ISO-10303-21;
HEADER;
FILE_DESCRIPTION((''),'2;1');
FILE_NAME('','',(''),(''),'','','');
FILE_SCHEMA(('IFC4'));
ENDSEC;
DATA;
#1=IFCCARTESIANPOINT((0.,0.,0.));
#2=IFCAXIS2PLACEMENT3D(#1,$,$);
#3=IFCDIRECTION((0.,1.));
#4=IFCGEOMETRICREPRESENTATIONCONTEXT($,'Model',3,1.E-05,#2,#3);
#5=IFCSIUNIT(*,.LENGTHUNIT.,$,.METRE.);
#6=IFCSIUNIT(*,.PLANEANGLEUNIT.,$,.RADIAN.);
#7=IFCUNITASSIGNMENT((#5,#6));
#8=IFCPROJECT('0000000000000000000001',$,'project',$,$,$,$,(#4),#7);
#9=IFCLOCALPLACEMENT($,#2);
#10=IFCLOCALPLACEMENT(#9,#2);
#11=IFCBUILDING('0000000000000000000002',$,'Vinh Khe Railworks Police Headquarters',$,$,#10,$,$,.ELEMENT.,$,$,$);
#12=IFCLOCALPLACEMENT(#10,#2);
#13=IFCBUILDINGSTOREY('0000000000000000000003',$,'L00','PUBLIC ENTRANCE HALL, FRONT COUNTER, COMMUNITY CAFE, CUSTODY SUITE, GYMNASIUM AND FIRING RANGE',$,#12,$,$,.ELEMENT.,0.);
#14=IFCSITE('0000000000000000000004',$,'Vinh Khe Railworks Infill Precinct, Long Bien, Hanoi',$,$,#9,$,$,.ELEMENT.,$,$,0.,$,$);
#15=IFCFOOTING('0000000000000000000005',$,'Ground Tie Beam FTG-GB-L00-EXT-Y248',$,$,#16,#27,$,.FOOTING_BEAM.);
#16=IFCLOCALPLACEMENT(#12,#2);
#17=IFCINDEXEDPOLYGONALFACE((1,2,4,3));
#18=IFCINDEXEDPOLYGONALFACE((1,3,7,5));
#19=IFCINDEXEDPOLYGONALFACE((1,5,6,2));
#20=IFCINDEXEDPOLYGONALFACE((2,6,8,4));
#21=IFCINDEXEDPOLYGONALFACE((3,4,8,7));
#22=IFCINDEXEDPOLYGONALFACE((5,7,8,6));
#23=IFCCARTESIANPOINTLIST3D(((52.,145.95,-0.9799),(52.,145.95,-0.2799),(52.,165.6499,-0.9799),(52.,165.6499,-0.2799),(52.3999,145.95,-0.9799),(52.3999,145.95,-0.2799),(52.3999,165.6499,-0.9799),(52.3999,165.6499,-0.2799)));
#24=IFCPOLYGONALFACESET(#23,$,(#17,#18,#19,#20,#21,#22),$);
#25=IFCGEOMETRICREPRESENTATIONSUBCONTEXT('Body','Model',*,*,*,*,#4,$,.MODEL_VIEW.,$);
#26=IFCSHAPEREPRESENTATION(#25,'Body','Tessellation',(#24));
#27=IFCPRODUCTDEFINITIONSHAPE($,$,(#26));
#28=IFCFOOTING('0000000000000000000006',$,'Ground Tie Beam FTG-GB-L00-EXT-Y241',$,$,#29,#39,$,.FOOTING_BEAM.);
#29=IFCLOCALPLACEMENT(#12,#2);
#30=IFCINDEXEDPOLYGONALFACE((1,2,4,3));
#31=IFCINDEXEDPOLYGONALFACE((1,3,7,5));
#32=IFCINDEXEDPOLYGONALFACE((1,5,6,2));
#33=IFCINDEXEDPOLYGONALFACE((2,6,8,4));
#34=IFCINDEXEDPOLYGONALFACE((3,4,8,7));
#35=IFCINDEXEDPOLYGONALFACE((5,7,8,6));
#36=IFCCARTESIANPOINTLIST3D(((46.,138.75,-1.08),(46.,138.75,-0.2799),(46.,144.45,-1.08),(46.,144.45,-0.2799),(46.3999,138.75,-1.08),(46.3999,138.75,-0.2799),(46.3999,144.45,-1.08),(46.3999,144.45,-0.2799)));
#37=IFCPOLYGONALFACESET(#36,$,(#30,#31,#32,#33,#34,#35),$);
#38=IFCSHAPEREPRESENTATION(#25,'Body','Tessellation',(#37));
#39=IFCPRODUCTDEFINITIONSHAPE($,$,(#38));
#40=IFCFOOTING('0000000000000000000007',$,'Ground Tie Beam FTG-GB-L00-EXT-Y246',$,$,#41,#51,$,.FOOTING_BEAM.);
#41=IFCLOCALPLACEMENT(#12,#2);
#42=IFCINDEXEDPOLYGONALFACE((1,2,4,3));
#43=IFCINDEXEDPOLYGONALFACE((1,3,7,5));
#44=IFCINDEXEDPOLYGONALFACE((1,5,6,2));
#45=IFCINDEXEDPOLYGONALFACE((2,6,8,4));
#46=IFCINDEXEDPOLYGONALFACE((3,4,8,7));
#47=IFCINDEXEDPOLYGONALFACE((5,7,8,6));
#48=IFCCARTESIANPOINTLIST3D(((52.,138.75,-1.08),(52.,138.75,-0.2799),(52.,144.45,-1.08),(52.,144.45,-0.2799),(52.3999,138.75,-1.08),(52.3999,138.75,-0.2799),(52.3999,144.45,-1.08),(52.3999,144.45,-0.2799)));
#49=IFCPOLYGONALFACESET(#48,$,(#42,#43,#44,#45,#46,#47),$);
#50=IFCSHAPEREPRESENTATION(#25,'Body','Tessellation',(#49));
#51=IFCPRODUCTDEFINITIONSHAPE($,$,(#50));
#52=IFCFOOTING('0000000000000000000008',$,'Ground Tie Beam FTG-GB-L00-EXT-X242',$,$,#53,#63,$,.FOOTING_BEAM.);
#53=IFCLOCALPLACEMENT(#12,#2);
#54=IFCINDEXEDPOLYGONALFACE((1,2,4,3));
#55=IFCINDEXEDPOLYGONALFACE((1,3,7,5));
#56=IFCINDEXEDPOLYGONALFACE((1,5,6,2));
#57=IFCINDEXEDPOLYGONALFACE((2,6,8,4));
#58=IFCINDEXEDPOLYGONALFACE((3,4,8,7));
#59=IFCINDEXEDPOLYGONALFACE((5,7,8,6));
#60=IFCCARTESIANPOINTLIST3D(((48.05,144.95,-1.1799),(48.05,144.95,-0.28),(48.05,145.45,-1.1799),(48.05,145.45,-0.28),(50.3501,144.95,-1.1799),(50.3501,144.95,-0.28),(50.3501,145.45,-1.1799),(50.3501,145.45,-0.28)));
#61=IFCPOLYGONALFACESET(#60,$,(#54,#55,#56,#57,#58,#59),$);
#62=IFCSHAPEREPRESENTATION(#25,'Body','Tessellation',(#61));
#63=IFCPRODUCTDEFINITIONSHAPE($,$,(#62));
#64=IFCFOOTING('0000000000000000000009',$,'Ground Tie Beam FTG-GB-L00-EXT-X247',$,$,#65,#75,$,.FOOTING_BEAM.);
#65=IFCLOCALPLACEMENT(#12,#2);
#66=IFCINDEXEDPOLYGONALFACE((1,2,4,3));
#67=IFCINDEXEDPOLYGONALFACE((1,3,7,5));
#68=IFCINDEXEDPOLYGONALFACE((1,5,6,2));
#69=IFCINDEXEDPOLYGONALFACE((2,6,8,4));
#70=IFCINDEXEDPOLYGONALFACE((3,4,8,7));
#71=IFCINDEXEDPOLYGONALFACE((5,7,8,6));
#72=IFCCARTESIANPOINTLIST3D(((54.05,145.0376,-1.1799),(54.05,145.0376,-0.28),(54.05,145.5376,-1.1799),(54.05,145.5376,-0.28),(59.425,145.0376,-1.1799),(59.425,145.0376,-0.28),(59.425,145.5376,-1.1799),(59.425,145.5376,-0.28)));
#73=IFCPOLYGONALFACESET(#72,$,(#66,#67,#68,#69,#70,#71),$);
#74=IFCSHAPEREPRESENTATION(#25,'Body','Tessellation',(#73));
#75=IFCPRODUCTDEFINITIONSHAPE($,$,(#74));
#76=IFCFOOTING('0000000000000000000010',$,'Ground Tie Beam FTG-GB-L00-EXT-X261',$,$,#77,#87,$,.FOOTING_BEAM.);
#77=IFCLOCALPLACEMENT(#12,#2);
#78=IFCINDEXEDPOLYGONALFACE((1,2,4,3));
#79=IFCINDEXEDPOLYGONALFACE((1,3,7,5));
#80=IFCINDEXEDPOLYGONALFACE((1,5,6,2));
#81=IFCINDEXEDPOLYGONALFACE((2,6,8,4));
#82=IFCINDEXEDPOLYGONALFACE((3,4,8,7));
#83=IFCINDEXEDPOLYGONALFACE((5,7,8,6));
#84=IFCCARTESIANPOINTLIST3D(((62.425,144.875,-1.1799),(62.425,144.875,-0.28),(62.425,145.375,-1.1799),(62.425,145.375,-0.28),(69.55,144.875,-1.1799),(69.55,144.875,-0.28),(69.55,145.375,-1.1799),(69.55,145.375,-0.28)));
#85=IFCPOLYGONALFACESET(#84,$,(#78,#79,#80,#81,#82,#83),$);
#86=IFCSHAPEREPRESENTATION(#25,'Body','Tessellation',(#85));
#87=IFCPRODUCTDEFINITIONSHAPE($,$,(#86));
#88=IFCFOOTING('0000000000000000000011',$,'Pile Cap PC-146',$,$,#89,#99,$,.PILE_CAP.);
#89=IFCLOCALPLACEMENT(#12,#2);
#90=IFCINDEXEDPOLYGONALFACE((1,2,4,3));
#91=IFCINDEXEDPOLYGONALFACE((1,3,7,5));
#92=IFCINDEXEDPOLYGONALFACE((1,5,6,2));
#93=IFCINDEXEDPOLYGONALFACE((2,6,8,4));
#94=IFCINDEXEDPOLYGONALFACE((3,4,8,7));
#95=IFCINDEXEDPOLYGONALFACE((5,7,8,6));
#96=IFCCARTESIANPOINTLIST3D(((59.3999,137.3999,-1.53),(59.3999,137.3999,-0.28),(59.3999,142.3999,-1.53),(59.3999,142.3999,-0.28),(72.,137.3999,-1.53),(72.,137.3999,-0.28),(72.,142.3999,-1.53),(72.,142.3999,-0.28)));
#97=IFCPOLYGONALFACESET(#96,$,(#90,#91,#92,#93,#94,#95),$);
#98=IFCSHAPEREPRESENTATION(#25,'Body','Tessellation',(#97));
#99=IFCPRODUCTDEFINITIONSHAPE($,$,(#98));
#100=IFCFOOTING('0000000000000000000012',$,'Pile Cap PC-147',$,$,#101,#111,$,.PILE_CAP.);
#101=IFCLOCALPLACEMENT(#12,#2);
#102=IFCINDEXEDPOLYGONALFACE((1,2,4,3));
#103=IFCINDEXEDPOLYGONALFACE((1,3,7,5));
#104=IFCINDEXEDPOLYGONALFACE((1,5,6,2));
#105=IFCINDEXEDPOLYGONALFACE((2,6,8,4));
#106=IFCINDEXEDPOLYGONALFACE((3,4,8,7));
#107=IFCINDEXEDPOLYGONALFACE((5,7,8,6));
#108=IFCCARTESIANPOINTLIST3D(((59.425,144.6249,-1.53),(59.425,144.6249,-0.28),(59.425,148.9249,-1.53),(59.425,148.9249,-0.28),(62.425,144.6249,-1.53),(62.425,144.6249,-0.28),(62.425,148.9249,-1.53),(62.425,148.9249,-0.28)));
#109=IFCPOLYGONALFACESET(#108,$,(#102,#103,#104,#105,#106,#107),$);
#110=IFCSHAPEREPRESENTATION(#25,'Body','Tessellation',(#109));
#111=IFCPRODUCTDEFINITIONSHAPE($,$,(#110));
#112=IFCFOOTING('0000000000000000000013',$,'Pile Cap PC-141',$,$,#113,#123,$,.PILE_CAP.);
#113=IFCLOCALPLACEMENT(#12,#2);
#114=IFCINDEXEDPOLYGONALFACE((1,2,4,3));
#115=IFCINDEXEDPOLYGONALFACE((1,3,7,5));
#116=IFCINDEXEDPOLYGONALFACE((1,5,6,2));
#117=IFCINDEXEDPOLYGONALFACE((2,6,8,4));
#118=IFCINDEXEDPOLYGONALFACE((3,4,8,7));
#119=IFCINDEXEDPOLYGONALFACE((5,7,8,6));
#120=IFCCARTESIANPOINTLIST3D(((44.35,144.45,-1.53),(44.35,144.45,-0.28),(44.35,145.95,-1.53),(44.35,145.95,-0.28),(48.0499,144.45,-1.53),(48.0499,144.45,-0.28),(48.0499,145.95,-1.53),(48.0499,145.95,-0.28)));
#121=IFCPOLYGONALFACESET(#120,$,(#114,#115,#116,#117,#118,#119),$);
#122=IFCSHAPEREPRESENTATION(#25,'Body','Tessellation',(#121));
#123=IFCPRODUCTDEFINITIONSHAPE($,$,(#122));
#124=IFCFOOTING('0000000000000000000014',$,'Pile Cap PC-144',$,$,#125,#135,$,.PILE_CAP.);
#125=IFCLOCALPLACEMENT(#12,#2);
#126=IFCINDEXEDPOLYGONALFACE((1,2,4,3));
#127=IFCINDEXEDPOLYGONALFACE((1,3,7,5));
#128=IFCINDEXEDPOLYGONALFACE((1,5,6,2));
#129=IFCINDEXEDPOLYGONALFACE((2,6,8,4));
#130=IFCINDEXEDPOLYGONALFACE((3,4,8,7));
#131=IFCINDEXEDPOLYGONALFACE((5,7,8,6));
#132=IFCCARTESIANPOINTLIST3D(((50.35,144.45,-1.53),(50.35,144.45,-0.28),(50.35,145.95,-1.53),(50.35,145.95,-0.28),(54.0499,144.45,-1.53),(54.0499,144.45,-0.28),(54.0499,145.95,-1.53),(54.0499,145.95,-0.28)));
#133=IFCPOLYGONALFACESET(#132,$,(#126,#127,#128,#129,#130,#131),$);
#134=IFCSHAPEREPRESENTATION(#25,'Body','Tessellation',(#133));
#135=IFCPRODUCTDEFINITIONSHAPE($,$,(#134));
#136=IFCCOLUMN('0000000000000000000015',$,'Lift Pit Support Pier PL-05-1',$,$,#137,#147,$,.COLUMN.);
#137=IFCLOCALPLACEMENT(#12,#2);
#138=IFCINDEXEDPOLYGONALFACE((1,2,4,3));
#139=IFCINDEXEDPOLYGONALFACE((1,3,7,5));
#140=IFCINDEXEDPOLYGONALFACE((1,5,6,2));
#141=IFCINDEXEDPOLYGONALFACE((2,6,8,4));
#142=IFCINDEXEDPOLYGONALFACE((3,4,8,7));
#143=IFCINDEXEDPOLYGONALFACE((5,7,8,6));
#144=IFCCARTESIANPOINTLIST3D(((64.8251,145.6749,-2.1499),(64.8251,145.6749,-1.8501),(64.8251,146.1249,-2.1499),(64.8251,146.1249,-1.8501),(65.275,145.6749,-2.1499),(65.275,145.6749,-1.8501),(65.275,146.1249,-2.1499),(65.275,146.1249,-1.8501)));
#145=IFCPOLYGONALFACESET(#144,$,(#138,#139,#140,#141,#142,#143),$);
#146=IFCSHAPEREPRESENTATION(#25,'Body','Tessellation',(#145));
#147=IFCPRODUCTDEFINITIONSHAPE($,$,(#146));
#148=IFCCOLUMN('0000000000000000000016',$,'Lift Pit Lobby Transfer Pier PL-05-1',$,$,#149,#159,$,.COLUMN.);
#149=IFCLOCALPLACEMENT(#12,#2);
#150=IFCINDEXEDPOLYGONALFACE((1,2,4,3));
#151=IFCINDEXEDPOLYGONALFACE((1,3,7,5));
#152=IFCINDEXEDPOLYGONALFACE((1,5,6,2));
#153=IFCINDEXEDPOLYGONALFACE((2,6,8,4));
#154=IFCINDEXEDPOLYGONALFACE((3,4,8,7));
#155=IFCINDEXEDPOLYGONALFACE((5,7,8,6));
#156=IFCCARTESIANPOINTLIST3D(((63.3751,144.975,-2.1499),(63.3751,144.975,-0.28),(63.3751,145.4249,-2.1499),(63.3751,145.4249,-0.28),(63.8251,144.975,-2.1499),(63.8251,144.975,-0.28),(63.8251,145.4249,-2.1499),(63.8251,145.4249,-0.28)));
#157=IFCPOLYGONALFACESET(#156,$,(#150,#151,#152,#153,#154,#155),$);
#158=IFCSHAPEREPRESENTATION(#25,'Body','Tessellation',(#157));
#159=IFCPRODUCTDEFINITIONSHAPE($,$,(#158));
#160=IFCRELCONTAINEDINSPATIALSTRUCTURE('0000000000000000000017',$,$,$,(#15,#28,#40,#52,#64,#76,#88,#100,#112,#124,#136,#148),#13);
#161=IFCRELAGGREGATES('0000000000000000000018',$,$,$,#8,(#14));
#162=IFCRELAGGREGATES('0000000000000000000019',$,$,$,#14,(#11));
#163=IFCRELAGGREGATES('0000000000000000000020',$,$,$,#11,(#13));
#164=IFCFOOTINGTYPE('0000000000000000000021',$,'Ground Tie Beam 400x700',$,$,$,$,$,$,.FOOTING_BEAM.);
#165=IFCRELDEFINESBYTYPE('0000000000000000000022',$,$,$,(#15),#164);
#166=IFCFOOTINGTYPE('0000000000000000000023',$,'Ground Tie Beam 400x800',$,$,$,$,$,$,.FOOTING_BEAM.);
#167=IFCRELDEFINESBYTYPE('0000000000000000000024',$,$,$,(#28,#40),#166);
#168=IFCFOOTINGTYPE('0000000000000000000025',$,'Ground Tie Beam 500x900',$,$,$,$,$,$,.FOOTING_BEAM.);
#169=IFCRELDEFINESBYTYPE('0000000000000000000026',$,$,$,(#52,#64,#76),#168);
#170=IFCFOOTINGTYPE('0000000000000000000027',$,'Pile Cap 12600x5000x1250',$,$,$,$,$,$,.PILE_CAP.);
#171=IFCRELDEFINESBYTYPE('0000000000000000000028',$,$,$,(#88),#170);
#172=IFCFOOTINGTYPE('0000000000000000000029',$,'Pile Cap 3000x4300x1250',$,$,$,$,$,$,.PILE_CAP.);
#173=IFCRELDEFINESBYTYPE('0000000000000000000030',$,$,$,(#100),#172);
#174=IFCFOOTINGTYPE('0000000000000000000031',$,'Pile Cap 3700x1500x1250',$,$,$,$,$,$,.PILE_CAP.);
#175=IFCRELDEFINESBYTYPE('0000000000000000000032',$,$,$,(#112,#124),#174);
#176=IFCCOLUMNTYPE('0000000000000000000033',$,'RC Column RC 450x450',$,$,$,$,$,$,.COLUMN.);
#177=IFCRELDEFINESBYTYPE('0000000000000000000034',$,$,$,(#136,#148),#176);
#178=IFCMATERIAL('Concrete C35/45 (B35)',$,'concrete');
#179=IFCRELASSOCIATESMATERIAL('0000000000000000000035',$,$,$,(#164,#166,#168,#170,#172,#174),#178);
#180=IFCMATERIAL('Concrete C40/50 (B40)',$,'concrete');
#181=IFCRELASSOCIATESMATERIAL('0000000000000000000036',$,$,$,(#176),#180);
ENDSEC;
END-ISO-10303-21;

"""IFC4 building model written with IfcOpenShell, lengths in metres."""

from ifc_helpers import new_model, si_unit, direction, frame, origin, origin_2d, place, context, subcontext, project, spatial, rectangle, extrude, material, material_profile, profile_set, type_object, element, save


model = new_model("IFC4")

# Units and contexts
model_context = context("Model", 3, precision=1e-05, world=origin(), true_north=direction((0.0, 1.0)))
body_context = subcontext(model_context, "Body", "Model", "MODEL_VIEW")
ifc_project = project(units=[si_unit("LENGTHUNIT", "METRE"), si_unit("PLANEANGLEUNIT", "RADIAN")], contexts=[model_context])

# Site, building, storey
site_placement = place(None, origin())
site = spatial("IfcSite", under=ifc_project, at=site_placement, Name="Vinh Khe Railworks Infill Precinct, Long Bien, Hanoi", CompositionType="ELEMENT", RefElevation=0.0)
building_placement = place(site_placement, origin())
building = spatial("IfcBuilding", under=site, at=building_placement, Name="Vinh Khe Railworks Police Headquarters", CompositionType="ELEMENT")
storey_placement = place(building_placement, origin())
storey = spatial("IfcBuildingStorey", under=building, at=storey_placement, Name="L00", Description="PUBLIC ENTRANCE HALL, FRONT COUNTER, COMMUNITY CAFE, CUSTODY SUITE, GYMNASIUM AND FIRING RANGE", CompositionType="ELEMENT", Elevation=0.0)

# Shared definitions
ifc_material_1 = material(Name="Concrete C35/45 (B35)", Category="concrete")

# Footings
ifc_material_profile_1 = material_profile(ifc_material_1, rectangle(XDim=0.3999, YDim=0.7, at=origin_2d()), Name="RC 400x700")
ifc_profile_set_1 = profile_set([ifc_material_profile_1], Name="Concrete C35/45 (B35)")
footing_type_1 = type_object("IfcFootingType", Name="Ground Tie Beam 400x700", PredefinedType="FOOTING_BEAM", material=ifc_profile_set_1)
footing_1_placement = place(storey_placement, frame((52.2, 145.95, -0.6299), z_axis=(0.0, 1.0, 0.0), x_axis=(-1.0, 0.0, 0.0)))
element("IfcFooting", 1, at=footing_1_placement, inside=storey, type_object=footing_type_1, Name="Ground Tie Beam FTG-GB-L00-EXT-Y248", PredefinedType="FOOTING_BEAM", context=body_context, shape_type="SweptSolid", body=[
    extrude(rectangle(XDim=0.3999, YDim=0.7, at=origin_2d()), origin(), (0.0, 0.0, 1.0), 19.7),
])
ifc_material_profile_2 = material_profile(ifc_material_1, rectangle(XDim=0.3999, YDim=0.8, at=origin_2d()), Name="RC 400x800")
ifc_profile_set_2 = profile_set([ifc_material_profile_2], Name="Concrete C35/45 (B35)")
footing_type_2 = type_object("IfcFootingType", Name="Ground Tie Beam 400x800", PredefinedType="FOOTING_BEAM", material=ifc_profile_set_2)
for number, where, z_axis, x_axis, name in (
    (2, (46.2, 138.75, -0.6799), (0.0, 1.0, 0.0), (-1.0, 0.0, 0.0), "Ground Tie Beam FTG-GB-L00-EXT-Y241"),
    (3, (52.2, 138.75, -0.6799), (0.0, 1.0, 0.0), (-1.0, 0.0, 0.0), "Ground Tie Beam FTG-GB-L00-EXT-Y246"),
):
    element("IfcFooting", number, at=place(storey_placement, frame(where, z_axis=z_axis, x_axis=x_axis)), inside=storey, type_object=footing_type_2, Name=name, PredefinedType="FOOTING_BEAM", context=body_context, shape_type="SweptSolid", body=[
        extrude(rectangle(XDim=0.3999, YDim=0.8, at=origin_2d()), origin(), (0.0, 0.0, 1.0), 5.7),
    ])
ifc_material_profile_3 = material_profile(ifc_material_1, rectangle(XDim=0.5, YDim=0.8999, at=origin_2d()), Name="RC 500x900")
ifc_profile_set_3 = profile_set([ifc_material_profile_3], Name="Concrete C35/45 (B35)")
footing_type_3 = type_object("IfcFootingType", Name="Ground Tie Beam 500x900", PredefinedType="FOOTING_BEAM", material=ifc_profile_set_3)
footing_2_placement = place(storey_placement, frame((48.05, 145.2, -0.73), z_axis=(1.0, 0.0, 0.0), x_axis=(0.0, 1.0, 0.0)))
element("IfcFooting", 4, at=footing_2_placement, inside=storey, type_object=footing_type_3, Name="Ground Tie Beam FTG-GB-L00-EXT-X242", PredefinedType="FOOTING_BEAM", context=body_context, shape_type="SweptSolid", body=[
    extrude(rectangle(XDim=0.5, YDim=0.8999, at=origin_2d()), origin(), (0.0, 0.0, 1.0), 2.3),
])
footing_3_placement = place(storey_placement, frame((54.05, 145.2876, -0.73), z_axis=(1.0, 0.0, 0.0), x_axis=(0.0, 1.0, 0.0)))
element("IfcFooting", 5, at=footing_3_placement, inside=storey, type_object=footing_type_3, Name="Ground Tie Beam FTG-GB-L00-EXT-X247", PredefinedType="FOOTING_BEAM", context=body_context, shape_type="SweptSolid", body=[
    extrude(rectangle(XDim=0.5, YDim=0.8999, at=origin_2d()), origin(), (0.0, 0.0, 1.0), 5.375),
])
footing_4_placement = place(storey_placement, frame((62.425, 145.125, -0.73), z_axis=(1.0, 0.0, 0.0), x_axis=(0.0, 1.0, 0.0)))
element("IfcFooting", 6, at=footing_4_placement, inside=storey, type_object=footing_type_3, Name="Ground Tie Beam FTG-GB-L00-EXT-X261", PredefinedType="FOOTING_BEAM", context=body_context, shape_type="SweptSolid", body=[
    extrude(rectangle(XDim=0.5, YDim=0.8999, at=origin_2d()), origin(), (0.0, 0.0, 1.0), 7.125),
])
footing_type_4 = type_object("IfcFootingType", Name="Pile Cap 12600x5000x1250", PredefinedType="PILE_CAP", material=ifc_material_1)
footing_5_placement = place(storey_placement, frame((65.7, 139.8999, -1.53), z_axis=(0.0, 0.0, 1.0), x_axis=(1.0, 0.0, 0.0)))
element("IfcFooting", 7, at=footing_5_placement, inside=storey, type_object=footing_type_4, Name="Pile Cap PC-146", PredefinedType="PILE_CAP", context=body_context, shape_type="SweptSolid", body=[
    extrude(rectangle(XDim=12.6001, YDim=5.0, at=origin_2d()), origin(), (0.0, 0.0, 1.0), 1.25),
])
footing_type_5 = type_object("IfcFootingType", Name="Pile Cap 3000x4300x1250", PredefinedType="PILE_CAP", material=ifc_material_1)
footing_6_placement = place(storey_placement, frame((60.925, 146.7749, -1.53), z_axis=(0.0, 0.0, 1.0), x_axis=(1.0, 0.0, 0.0)))
element("IfcFooting", 8, at=footing_6_placement, inside=storey, type_object=footing_type_5, Name="Pile Cap PC-147", PredefinedType="PILE_CAP", context=body_context, shape_type="SweptSolid", body=[
    extrude(rectangle(XDim=3.0, YDim=4.3, at=origin_2d()), origin(), (0.0, 0.0, 1.0), 1.25),
])
footing_type_6 = type_object("IfcFootingType", Name="Pile Cap 3700x1500x1250", PredefinedType="PILE_CAP", material=ifc_material_1)
for number, where, z_axis, x_axis, name in (
    (9, (46.2, 145.2, -1.53), (0.0, 0.0, 1.0), (1.0, 0.0, 0.0), "Pile Cap PC-141"),
    (10, (52.2, 145.2, -1.53), (0.0, 0.0, 1.0), (1.0, 0.0, 0.0), "Pile Cap PC-144"),
):
    element("IfcFooting", number, at=place(storey_placement, frame(where, z_axis=z_axis, x_axis=x_axis)), inside=storey, type_object=footing_type_6, Name=name, PredefinedType="PILE_CAP", context=body_context, shape_type="SweptSolid", body=[
        extrude(rectangle(XDim=3.7, YDim=1.5, at=origin_2d()), origin(), (0.0, 0.0, 1.0), 1.25),
    ])

# Columns
ifc_material_2 = material(Name="Concrete C40/50 (B40)", Category="concrete")
ifc_material_profile_4 = material_profile(ifc_material_2, rectangle(XDim=0.45, YDim=0.45, at=origin_2d()), Name="RC 450x450")
ifc_profile_set_4 = profile_set([ifc_material_profile_4], Name="Concrete C40/50 (B40)")
column_type_1 = type_object("IfcColumnType", Name="RC Column RC 450x450", PredefinedType="COLUMN", material=ifc_profile_set_4)
column_1_placement = place(storey_placement, frame((65.05, 145.8999, -2.1499), z_axis=(0.0, 0.0, 1.0), x_axis=(1.0, 0.0, 0.0)))
element("IfcColumn", 11, at=column_1_placement, inside=storey, type_object=column_type_1, Name="Lift Pit Support Pier PL-05-1", PredefinedType="COLUMN", context=body_context, shape_type="SweptSolid", body=[
    extrude(rectangle(XDim=0.45, YDim=0.45, at=origin_2d()), origin(), (0.0, 0.0, 1.0), 0.2998),
])
column_2_placement = place(storey_placement, frame((63.6001, 145.2, -2.1499), z_axis=(0.0, 0.0, 1.0), x_axis=(1.0, 0.0, 0.0)))
element("IfcColumn", 12, at=column_2_placement, inside=storey, type_object=column_type_1, Name="Lift Pit Lobby Transfer Pier PL-05-1", PredefinedType="COLUMN", context=body_context, shape_type="SweptSolid", body=[
    extrude(rectangle(XDim=0.45, YDim=0.45, at=origin_2d()), origin(), (0.0, 0.0, 1.0), 1.8699),
])

save(model, "model.ifc")
